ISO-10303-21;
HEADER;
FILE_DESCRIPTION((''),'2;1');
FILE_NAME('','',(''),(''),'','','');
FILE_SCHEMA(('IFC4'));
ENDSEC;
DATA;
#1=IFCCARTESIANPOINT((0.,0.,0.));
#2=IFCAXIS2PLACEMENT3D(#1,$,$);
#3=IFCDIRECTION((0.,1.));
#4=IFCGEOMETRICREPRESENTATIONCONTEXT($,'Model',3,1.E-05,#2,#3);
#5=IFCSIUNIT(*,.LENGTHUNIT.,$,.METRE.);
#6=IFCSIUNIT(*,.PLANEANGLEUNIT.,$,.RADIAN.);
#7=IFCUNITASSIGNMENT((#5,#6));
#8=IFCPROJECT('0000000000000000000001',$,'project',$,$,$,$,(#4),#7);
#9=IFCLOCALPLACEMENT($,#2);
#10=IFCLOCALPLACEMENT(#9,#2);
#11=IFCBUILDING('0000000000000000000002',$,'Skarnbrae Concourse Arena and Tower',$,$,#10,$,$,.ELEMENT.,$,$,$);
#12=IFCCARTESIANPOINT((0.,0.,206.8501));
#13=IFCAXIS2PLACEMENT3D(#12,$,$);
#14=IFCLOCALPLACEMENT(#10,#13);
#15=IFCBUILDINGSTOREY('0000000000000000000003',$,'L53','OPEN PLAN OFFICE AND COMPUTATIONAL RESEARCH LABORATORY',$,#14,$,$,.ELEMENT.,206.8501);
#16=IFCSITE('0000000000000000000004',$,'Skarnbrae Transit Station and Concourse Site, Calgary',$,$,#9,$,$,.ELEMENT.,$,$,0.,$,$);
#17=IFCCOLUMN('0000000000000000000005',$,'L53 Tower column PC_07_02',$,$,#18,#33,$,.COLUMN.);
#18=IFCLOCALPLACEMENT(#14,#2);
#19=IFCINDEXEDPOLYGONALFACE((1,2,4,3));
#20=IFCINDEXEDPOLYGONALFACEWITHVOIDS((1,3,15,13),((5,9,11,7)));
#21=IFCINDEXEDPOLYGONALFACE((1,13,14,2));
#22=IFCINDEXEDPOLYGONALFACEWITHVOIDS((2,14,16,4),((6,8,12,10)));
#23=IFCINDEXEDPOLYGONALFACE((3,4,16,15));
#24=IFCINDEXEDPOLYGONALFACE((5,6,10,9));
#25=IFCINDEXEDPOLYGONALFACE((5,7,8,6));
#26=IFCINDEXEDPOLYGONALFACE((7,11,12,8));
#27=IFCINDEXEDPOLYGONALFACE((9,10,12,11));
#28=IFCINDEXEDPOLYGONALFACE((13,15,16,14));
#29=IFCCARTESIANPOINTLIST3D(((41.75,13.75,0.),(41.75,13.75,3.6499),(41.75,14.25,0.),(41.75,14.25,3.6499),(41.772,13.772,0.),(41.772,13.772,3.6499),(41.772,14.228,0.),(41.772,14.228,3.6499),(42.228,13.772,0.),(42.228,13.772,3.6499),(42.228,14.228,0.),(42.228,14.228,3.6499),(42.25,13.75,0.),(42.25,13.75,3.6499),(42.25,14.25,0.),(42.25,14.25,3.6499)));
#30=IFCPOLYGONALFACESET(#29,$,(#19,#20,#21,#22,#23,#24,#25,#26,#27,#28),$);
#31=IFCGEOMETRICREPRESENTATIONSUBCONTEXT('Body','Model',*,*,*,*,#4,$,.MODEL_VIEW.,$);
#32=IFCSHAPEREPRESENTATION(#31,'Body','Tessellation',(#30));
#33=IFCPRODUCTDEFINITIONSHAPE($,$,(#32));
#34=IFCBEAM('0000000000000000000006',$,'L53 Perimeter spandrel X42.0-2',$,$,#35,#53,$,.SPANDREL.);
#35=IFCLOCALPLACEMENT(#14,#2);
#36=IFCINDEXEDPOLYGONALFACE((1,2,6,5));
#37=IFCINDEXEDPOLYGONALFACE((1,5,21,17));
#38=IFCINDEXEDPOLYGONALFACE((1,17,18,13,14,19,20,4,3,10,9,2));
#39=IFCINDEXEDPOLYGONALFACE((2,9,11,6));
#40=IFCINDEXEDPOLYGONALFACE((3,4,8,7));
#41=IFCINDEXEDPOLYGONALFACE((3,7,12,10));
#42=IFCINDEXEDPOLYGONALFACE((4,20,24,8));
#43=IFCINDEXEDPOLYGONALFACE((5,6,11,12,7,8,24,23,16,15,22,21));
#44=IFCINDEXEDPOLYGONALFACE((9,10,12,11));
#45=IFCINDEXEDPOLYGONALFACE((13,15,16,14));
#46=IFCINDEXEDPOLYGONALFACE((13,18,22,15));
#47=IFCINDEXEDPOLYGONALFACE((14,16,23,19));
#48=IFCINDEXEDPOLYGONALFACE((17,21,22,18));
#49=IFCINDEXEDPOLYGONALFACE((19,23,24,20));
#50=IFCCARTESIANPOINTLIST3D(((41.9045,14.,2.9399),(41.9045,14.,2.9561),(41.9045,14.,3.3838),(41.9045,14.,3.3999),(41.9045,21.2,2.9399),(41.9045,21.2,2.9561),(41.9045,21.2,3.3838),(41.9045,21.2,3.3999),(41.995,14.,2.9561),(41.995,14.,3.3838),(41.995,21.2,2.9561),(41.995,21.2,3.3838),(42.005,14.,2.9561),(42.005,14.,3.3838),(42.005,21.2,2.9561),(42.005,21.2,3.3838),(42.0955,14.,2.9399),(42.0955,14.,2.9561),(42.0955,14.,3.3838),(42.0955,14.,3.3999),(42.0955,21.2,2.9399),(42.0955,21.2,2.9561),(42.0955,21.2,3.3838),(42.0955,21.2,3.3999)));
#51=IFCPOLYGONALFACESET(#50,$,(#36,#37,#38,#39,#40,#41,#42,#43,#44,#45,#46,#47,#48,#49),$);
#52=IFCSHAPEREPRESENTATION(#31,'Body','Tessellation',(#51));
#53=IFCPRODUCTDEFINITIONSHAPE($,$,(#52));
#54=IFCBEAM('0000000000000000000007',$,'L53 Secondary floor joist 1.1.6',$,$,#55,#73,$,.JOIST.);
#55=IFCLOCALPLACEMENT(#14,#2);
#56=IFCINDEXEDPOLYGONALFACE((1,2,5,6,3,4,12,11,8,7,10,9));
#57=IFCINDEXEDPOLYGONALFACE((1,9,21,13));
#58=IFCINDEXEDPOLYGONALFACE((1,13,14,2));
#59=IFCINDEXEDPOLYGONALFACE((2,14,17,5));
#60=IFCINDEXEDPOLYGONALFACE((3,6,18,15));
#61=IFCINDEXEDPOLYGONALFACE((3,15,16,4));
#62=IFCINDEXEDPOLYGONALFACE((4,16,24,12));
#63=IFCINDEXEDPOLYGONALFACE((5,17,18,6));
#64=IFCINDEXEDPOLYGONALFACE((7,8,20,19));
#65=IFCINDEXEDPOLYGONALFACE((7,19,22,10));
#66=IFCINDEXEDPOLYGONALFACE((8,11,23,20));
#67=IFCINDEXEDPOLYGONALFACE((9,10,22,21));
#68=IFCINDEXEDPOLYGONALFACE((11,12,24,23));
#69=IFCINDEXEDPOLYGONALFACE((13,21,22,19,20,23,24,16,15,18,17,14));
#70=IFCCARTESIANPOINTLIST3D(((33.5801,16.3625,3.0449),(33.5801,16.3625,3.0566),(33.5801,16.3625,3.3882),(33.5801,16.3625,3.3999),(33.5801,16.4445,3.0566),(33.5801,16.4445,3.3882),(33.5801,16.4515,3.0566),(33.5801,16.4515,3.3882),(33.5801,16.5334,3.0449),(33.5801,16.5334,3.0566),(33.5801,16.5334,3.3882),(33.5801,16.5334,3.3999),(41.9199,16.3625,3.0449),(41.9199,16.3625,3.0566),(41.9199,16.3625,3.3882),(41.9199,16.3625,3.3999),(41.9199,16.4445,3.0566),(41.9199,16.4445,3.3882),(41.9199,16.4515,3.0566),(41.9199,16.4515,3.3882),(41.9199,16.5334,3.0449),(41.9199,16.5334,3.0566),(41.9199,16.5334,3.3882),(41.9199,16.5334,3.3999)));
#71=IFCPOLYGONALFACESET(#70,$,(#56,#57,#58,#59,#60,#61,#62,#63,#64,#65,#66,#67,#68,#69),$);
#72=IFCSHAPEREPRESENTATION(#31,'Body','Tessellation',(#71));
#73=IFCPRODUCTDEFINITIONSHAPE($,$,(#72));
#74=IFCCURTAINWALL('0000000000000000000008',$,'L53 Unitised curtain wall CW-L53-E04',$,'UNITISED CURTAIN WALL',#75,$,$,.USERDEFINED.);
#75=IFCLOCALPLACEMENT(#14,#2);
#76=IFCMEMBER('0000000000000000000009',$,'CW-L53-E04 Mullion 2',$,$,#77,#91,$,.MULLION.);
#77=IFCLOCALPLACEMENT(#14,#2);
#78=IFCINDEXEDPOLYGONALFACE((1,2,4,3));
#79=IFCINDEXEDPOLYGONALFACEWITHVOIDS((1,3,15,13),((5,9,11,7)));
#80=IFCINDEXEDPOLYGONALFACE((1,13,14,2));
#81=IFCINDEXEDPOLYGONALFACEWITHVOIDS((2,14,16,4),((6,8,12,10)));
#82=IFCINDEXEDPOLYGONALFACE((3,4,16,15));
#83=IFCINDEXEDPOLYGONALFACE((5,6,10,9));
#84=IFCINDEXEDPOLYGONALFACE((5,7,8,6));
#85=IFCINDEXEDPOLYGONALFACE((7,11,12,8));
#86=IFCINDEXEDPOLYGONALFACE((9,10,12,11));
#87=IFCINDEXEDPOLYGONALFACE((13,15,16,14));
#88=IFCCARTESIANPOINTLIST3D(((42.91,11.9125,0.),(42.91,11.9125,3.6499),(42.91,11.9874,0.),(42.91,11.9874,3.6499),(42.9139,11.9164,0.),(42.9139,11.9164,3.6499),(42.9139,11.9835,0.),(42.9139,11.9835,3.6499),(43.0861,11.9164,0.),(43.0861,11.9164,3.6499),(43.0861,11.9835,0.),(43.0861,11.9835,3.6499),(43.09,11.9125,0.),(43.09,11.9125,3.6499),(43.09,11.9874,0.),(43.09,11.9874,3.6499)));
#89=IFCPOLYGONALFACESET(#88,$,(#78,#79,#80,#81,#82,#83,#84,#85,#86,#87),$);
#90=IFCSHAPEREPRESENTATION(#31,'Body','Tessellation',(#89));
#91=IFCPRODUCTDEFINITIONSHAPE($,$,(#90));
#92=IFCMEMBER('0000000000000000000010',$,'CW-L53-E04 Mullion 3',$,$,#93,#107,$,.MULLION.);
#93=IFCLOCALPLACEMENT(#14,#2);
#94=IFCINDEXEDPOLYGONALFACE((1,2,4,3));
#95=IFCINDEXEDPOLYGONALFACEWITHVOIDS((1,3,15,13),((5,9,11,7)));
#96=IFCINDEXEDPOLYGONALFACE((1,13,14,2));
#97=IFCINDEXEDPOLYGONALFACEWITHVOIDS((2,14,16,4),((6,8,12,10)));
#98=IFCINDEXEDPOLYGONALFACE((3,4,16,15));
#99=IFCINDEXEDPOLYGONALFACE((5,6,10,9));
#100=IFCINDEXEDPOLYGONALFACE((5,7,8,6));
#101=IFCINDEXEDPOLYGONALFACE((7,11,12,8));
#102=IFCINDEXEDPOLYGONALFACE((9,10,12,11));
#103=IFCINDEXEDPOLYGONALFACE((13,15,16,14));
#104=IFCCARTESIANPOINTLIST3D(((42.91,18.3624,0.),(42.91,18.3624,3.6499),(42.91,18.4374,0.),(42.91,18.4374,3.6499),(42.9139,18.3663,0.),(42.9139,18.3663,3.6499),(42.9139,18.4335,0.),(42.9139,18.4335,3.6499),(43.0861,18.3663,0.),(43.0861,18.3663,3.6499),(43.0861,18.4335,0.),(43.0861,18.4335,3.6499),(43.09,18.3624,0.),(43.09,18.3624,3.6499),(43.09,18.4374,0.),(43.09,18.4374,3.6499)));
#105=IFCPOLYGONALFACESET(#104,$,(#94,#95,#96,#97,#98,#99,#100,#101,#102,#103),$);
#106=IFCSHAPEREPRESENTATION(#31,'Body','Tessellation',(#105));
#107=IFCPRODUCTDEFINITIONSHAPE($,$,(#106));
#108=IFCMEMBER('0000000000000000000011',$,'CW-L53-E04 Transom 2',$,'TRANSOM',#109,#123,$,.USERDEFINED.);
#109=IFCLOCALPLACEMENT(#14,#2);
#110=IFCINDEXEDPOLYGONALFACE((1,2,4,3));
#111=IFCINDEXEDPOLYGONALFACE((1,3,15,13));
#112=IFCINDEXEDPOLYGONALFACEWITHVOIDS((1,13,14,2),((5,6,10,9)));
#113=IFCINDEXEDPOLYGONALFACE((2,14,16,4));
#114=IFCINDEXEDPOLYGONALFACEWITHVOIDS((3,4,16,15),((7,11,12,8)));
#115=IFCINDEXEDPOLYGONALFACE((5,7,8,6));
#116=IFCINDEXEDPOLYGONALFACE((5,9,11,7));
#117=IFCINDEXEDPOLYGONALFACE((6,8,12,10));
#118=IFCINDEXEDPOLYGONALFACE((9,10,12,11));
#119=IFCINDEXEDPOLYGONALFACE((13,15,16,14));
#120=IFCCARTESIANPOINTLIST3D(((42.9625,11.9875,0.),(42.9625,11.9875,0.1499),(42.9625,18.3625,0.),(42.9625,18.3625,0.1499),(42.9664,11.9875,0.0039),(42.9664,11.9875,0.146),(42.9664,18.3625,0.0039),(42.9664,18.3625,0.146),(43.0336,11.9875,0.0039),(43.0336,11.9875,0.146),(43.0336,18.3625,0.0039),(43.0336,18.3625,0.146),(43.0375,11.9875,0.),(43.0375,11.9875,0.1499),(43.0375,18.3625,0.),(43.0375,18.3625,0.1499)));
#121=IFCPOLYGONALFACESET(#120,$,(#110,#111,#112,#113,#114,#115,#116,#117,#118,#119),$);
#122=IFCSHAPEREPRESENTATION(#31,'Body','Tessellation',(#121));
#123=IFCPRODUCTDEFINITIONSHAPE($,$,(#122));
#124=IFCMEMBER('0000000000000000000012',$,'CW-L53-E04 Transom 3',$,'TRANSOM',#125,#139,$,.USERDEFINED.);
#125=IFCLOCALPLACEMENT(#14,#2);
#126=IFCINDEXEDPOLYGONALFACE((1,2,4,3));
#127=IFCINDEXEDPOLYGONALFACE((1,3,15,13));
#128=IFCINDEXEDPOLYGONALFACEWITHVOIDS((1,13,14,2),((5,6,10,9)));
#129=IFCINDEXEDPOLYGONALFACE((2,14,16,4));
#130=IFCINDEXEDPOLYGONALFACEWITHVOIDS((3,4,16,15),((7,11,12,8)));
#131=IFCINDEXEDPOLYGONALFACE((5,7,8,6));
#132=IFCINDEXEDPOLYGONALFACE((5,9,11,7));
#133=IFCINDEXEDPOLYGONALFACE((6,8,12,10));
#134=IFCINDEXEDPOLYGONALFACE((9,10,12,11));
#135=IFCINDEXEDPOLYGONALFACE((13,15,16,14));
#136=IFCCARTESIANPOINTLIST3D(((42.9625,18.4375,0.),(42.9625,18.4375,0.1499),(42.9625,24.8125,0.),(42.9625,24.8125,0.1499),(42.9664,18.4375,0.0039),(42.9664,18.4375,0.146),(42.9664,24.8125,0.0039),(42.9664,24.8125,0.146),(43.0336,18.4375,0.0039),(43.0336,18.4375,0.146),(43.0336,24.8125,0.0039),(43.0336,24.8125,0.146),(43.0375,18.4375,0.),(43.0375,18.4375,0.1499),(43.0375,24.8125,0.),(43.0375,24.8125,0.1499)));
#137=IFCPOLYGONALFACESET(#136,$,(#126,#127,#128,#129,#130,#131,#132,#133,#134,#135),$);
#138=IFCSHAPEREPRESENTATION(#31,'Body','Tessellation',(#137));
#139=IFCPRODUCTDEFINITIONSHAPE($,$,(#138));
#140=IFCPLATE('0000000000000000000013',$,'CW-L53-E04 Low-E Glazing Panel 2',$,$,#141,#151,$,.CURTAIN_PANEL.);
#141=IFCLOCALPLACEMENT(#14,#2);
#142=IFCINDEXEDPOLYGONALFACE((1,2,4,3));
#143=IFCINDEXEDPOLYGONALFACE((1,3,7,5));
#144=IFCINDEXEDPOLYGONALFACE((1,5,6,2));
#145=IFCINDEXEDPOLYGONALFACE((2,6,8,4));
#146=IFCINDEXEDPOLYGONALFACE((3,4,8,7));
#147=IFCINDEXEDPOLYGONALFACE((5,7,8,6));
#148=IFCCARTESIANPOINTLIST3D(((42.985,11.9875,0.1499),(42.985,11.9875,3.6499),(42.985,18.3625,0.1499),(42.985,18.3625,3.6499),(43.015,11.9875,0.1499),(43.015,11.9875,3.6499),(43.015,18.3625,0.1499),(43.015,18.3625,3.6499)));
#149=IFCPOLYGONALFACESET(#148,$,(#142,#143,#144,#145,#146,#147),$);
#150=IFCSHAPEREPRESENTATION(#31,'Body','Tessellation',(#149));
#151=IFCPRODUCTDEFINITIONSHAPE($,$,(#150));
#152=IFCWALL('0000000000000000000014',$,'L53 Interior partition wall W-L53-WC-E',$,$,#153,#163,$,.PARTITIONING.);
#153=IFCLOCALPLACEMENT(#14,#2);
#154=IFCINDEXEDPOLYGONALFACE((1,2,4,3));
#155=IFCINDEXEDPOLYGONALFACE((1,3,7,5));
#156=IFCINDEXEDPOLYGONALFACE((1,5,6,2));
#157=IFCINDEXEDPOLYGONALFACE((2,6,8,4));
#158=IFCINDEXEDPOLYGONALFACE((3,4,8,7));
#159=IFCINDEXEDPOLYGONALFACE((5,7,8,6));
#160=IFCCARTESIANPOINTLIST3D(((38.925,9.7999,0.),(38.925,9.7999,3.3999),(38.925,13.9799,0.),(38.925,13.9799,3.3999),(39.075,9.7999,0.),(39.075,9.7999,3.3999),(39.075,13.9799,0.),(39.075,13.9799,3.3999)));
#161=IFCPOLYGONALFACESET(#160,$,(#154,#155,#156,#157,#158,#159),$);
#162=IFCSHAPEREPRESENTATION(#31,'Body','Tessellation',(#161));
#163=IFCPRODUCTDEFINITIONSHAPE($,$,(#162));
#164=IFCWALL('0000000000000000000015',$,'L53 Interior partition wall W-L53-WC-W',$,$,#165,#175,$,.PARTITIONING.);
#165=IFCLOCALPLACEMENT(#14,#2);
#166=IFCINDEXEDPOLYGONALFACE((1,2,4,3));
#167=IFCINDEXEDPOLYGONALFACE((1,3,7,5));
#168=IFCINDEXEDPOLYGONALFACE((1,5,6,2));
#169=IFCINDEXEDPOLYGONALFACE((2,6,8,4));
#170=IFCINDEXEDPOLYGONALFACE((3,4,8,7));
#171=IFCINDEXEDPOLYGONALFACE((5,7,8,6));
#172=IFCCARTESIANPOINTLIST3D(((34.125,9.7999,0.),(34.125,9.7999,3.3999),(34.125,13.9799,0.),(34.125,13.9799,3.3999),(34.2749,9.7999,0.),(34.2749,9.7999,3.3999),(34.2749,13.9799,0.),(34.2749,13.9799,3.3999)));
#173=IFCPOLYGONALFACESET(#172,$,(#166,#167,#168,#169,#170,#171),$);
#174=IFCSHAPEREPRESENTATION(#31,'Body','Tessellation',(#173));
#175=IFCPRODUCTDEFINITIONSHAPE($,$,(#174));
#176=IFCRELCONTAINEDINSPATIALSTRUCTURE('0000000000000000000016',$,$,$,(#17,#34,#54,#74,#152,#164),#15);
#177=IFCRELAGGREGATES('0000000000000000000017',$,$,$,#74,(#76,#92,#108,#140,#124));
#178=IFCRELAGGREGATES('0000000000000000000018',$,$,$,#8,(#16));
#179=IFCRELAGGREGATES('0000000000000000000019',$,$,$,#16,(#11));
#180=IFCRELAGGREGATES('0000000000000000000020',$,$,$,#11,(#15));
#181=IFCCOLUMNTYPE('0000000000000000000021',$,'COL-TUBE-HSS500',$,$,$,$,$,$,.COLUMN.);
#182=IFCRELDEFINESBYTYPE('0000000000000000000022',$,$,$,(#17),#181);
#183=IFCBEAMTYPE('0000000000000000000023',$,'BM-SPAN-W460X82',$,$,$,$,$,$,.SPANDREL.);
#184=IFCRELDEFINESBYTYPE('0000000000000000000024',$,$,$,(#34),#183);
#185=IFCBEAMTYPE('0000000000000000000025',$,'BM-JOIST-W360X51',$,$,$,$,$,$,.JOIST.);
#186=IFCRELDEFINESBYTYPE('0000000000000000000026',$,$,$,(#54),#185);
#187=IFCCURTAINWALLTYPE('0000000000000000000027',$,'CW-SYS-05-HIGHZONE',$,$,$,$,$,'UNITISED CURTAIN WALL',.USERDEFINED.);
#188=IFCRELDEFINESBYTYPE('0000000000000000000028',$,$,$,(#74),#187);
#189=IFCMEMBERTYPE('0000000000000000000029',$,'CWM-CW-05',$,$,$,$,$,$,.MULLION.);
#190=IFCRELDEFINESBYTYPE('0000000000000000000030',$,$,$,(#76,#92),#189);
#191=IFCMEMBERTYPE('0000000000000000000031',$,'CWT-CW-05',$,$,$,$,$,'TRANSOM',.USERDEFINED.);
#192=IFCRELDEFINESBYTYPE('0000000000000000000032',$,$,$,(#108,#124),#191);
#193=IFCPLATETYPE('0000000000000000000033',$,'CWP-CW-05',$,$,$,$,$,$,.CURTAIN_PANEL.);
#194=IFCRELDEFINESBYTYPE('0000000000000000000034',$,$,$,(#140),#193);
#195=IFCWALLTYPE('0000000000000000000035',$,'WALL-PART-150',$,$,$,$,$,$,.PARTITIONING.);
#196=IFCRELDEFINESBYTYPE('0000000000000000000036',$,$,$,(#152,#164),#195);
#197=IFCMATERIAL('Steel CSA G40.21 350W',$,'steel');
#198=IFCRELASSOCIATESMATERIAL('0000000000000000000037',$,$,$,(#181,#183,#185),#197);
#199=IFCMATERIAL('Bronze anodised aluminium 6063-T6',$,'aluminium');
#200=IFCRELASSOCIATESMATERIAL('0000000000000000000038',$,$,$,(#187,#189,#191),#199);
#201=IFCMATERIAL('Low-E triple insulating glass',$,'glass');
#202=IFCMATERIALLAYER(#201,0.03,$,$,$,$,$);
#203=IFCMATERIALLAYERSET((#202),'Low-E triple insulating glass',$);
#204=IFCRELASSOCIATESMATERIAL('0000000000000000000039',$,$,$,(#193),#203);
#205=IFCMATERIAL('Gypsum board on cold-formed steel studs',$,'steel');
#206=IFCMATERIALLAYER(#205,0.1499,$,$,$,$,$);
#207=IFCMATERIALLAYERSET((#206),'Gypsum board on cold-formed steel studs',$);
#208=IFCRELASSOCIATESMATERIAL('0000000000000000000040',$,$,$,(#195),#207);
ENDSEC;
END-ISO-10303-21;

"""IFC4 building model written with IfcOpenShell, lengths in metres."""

from ifc_helpers import new_model, si_unit, direction, frame, frame_2d, origin, origin_2d, place, context, subcontext, project, spatial, rectangle, hollow_rectangle, i_section, extrude, source, transform, mapped, material, layer, layer_set, material_profile, profile_set, type_object, element, aggregate, save


model = new_model("IFC4")

# Units and contexts
model_context = context("Model", 3, precision=1e-05, world=origin(), true_north=direction((0.0, 1.0)))
body_context = subcontext(model_context, "Body", "Model", "MODEL_VIEW")
ifc_project = project(units=[si_unit("LENGTHUNIT", "METRE"), si_unit("PLANEANGLEUNIT", "RADIAN")], contexts=[model_context])

# Site, building, storey
site_placement = place(None, origin())
site = spatial("IfcSite", under=ifc_project, at=site_placement, Name="Skarnbrae Transit Station and Concourse Site, Calgary", CompositionType="ELEMENT", RefElevation=0.0)
building_placement = place(site_placement, origin())
building = spatial("IfcBuilding", under=site, at=building_placement, Name="Skarnbrae Concourse Arena and Tower", CompositionType="ELEMENT")
storey_placement = place(building_placement, frame((0.0, 0.0, 206.8501)))
storey = spatial("IfcBuildingStorey", under=building, at=storey_placement, Name="L53", Description="OPEN PLAN OFFICE AND COMPUTATIONAL RESEARCH LABORATORY", CompositionType="ELEMENT", Elevation=206.8501)

# Column
ifc_material_1 = material(Name="Steel CSA G40.21 350W", Category="steel")
ifc_material_profile_1 = material_profile(ifc_material_1, hollow_rectangle(XDim=0.5, YDim=0.5, WallThickness=0.022, at=origin_2d()), Name="HSS500X500X22.0")
ifc_profile_set_1 = profile_set([ifc_material_profile_1], Name="Steel CSA G40.21 350W")
column_type = type_object("IfcColumnType", Name="COL-TUBE-HSS500", PredefinedType="COLUMN", material=ifc_profile_set_1)
shared_shape_1 = source(origin(), body_context, "Body", "SweptSolid", [
    extrude(hollow_rectangle(XDim=0.5, YDim=0.5, WallThickness=0.022, at=origin_2d()), origin(), (0.0, 0.0, 1.0), 3.6499),
])
column_placement = place(storey_placement, frame((42.0, 14.0, 0.0), z_axis=(0.0, 0.0, 1.0), x_axis=(1.0, 0.0, 0.0)))
element("IfcColumn", 1, at=column_placement, inside=storey, type_object=column_type, Name="L53 Tower column PC_07_02", PredefinedType="COLUMN", context=body_context, shape_type="MappedRepresentation", body=[
    mapped(shared_shape_1, transform((0.0, 0.0, 0.0))),
])

# Beams
ifc_material_profile_2 = material_profile(ifc_material_1, i_section(OverallWidth=0.1909, OverallDepth=0.46, WebThickness=0.01, FlangeThickness=0.0161, at=origin_2d()), Name="W460X82")
ifc_profile_set_2 = profile_set([ifc_material_profile_2], Name="Steel CSA G40.21 350W")
beam_type_1 = type_object("IfcBeamType", Name="BM-SPAN-W460X82", PredefinedType="SPANDREL", material=ifc_profile_set_2)
shared_shape_2 = source(origin(), body_context, "Body", "SweptSolid", [
    extrude(i_section(OverallWidth=0.1909, OverallDepth=0.46, WebThickness=0.01, FlangeThickness=0.0161, at=origin_2d()), origin(), (0.0, 0.0, 1.0), 7.2),
])
beam_1_placement = place(storey_placement, frame((42.0, 14.0, 3.1699), z_axis=(0.0, 1.0, 0.0), x_axis=(-1.0, 0.0, 0.0)))
element("IfcBeam", 2, at=beam_1_placement, inside=storey, type_object=beam_type_1, Name="L53 Perimeter spandrel X42.0-2", PredefinedType="SPANDREL", context=body_context, shape_type="MappedRepresentation", body=[
    mapped(shared_shape_2, transform((0.0, 0.0, 0.0))),
])
ifc_material_profile_3 = material_profile(ifc_material_1, i_section(OverallWidth=0.1709, OverallDepth=0.355, WebThickness=0.0071, FlangeThickness=0.0117, at=origin_2d()), Name="W360X51")
ifc_profile_set_3 = profile_set([ifc_material_profile_3], Name="Steel CSA G40.21 350W")
beam_type_2 = type_object("IfcBeamType", Name="BM-JOIST-W360X51", PredefinedType="JOIST", material=ifc_profile_set_3)
shared_shape_3 = source(origin(), body_context, "Body", "SweptSolid", [
    extrude(i_section(OverallWidth=0.1709, OverallDepth=0.355, WebThickness=0.0071, FlangeThickness=0.0117, at=origin_2d()), origin(), (0.0, 0.0, 1.0), 8.3398),
])
beam_2_placement = place(storey_placement, frame((33.5801, 16.448, 3.2224), z_axis=(1.0, 0.0, 0.0), x_axis=(0.0, 1.0, 0.0)))
element("IfcBeam", 3, at=beam_2_placement, inside=storey, type_object=beam_type_2, Name="L53 Secondary floor joist 1.1.6", PredefinedType="JOIST", context=body_context, shape_type="MappedRepresentation", body=[
    mapped(shared_shape_3, transform((0.0, 0.0, 0.0))),
])

# Curtain wall, members, plate
ifc_material_2 = material(Name="Bronze anodised aluminium 6063-T6", Category="aluminium")
curtain_wall_type = type_object("IfcCurtainWallType", Name="CW-SYS-05-HIGHZONE", ElementType="UNITISED CURTAIN WALL", PredefinedType="USERDEFINED", material=ifc_material_2)
curtain_wall_placement = place(storey_placement, origin())
curtain_wall = element("IfcCurtainWall", 4, at=curtain_wall_placement, inside=storey, type_object=curtain_wall_type, Name="L53 Unitised curtain wall CW-L53-E04", ObjectType="UNITISED CURTAIN WALL", PredefinedType="USERDEFINED")
ifc_material_profile_4 = material_profile(ifc_material_2, hollow_rectangle(XDim=0.075, YDim=0.1799, WallThickness=0.0039, at=origin_2d()), Name="ALU-MULL-75X180")
ifc_profile_set_4 = profile_set([ifc_material_profile_4], Name="Bronze anodised aluminium 6063-T6")
member_type_1 = type_object("IfcMemberType", Name="CWM-CW-05", PredefinedType="MULLION", material=ifc_profile_set_4)
shared_shape_4 = source(origin(), body_context, "Body", "SweptSolid", [
    extrude(hollow_rectangle(XDim=0.075, YDim=0.1799, WallThickness=0.0039, at=origin_2d()), origin(), (0.0, 0.0, 1.0), 3.6499),
])
member_1_placement = place(storey_placement, frame((43.0, 11.95, 0.0), z_axis=(0.0, 0.0, 1.0), x_axis=(0.0, 1.0, 0.0)))
member_1 = element("IfcMember", 5, at=member_1_placement, type_object=member_type_1, Name="CW-L53-E04 Mullion 2", PredefinedType="MULLION", context=body_context, shape_type="MappedRepresentation", body=[
    mapped(shared_shape_4, transform((0.0, 0.0, 0.0))),
])
member_2_placement = place(storey_placement, frame((43.0, 18.3999, 0.0), z_axis=(0.0, 0.0, 1.0), x_axis=(0.0, 1.0, 0.0)))
member_2 = element("IfcMember", 6, at=member_2_placement, type_object=member_type_1, Name="CW-L53-E04 Mullion 3", PredefinedType="MULLION", context=body_context, shape_type="MappedRepresentation", body=[
    mapped(shared_shape_4, transform((0.0, 0.0, 0.0))),
])
ifc_material_profile_5 = material_profile(ifc_material_2, hollow_rectangle(XDim=0.075, YDim=0.1499, WallThickness=0.0039, at=origin_2d()), Name="ALU-TRAN-75X150")
ifc_profile_set_5 = profile_set([ifc_material_profile_5], Name="Bronze anodised aluminium 6063-T6")
member_type_2 = type_object("IfcMemberType", Name="CWT-CW-05", ElementType="TRANSOM", PredefinedType="USERDEFINED", material=ifc_profile_set_5)
shared_shape_5 = source(origin(), body_context, "Body", "SweptSolid", [
    extrude(hollow_rectangle(XDim=0.075, YDim=0.1499, WallThickness=0.0039, at=origin_2d()), origin(), (0.0, 0.0, 1.0), 6.375),
])
member_3_placement = place(storey_placement, frame((43.0, 11.9875, 0.075), z_axis=(0.0, 1.0, 0.0), x_axis=(-1.0, 0.0, 0.0)))
member_3 = element("IfcMember", 7, at=member_3_placement, type_object=member_type_2, Name="CW-L53-E04 Transom 2", ObjectType="TRANSOM", PredefinedType="USERDEFINED", context=body_context, shape_type="MappedRepresentation", body=[
    mapped(shared_shape_5, transform((0.0, 0.0, 0.0))),
])
member_4_placement = place(storey_placement, frame((43.0, 18.4375, 0.075), z_axis=(0.0, 1.0, 0.0), x_axis=(-1.0, 0.0, 0.0)))
member_4 = element("IfcMember", 8, at=member_4_placement, type_object=member_type_2, Name="CW-L53-E04 Transom 3", ObjectType="TRANSOM", PredefinedType="USERDEFINED", context=body_context, shape_type="MappedRepresentation", body=[
    mapped(shared_shape_5, transform((0.0, 0.0, 0.0))),
])
ifc_material_3 = material(Name="Low-E triple insulating glass", Category="glass")
ifc_layer_1 = layer(ifc_material_3, 0.03)
ifc_layer_set_1 = layer_set([ifc_layer_1], Name="Low-E triple insulating glass")
plate_type = type_object("IfcPlateType", Name="CWP-CW-05", PredefinedType="CURTAIN_PANEL", material=ifc_layer_set_1)
shared_shape_6 = source(origin(), body_context, "Body", "SweptSolid", [
    extrude(rectangle(XDim=6.375, YDim=0.03, at=origin_2d()), origin(), (0.0, 0.0, 1.0), 3.5),
])
plate_placement = place(storey_placement, frame((43.0, 15.175, 0.1499), z_axis=(0.0, 0.0, 1.0), x_axis=(0.0, 1.0, 0.0)))
plate = element("IfcPlate", 9, at=plate_placement, type_object=plate_type, Name="CW-L53-E04 Low-E Glazing Panel 2", PredefinedType="CURTAIN_PANEL", context=body_context, shape_type="MappedRepresentation", body=[
    mapped(shared_shape_6, transform((0.0, 0.0, 0.0))),
])
aggregate(curtain_wall, [member_1, member_2, member_3, plate, member_4])

# Walls
ifc_material_4 = material(Name="Gypsum board on cold-formed steel studs", Category="steel")
ifc_layer_2 = layer(ifc_material_4, 0.1499)
ifc_layer_set_2 = layer_set([ifc_layer_2], Name="Gypsum board on cold-formed steel studs")
wall_type_1 = type_object("IfcWallType", Name="WALL-PART-150", PredefinedType="PARTITIONING", material=ifc_layer_set_2)
shared_shape_7 = source(origin(), body_context, "Body", "SweptSolid", [
    extrude(rectangle(XDim=4.1799, YDim=0.1499, at=frame_2d((2.0898, 0.0))), origin(), (0.0, 0.0, 1.0), 3.3999),
])
for number, where, z_axis, x_axis, name in (
    (10, (39.0, 9.8, 0.0), (0.0, 0.0, 1.0), (0.0, 1.0, 0.0), "L53 Interior partition wall W-L53-WC-E"),
    (11, (34.2, 9.8, 0.0), (0.0, 0.0, 1.0), (0.0, 1.0, 0.0), "L53 Interior partition wall W-L53-WC-W"),
):
    element("IfcWall", number, at=place(storey_placement, frame(where, z_axis=z_axis, x_axis=x_axis)), inside=storey, type_object=wall_type_1, Name=name, PredefinedType="PARTITIONING", context=body_context, shape_type="MappedRepresentation", body=[
        mapped(shared_shape_7, transform((0.0, 0.0, 0.0))),
    ])

save(model, "model.ifc")
